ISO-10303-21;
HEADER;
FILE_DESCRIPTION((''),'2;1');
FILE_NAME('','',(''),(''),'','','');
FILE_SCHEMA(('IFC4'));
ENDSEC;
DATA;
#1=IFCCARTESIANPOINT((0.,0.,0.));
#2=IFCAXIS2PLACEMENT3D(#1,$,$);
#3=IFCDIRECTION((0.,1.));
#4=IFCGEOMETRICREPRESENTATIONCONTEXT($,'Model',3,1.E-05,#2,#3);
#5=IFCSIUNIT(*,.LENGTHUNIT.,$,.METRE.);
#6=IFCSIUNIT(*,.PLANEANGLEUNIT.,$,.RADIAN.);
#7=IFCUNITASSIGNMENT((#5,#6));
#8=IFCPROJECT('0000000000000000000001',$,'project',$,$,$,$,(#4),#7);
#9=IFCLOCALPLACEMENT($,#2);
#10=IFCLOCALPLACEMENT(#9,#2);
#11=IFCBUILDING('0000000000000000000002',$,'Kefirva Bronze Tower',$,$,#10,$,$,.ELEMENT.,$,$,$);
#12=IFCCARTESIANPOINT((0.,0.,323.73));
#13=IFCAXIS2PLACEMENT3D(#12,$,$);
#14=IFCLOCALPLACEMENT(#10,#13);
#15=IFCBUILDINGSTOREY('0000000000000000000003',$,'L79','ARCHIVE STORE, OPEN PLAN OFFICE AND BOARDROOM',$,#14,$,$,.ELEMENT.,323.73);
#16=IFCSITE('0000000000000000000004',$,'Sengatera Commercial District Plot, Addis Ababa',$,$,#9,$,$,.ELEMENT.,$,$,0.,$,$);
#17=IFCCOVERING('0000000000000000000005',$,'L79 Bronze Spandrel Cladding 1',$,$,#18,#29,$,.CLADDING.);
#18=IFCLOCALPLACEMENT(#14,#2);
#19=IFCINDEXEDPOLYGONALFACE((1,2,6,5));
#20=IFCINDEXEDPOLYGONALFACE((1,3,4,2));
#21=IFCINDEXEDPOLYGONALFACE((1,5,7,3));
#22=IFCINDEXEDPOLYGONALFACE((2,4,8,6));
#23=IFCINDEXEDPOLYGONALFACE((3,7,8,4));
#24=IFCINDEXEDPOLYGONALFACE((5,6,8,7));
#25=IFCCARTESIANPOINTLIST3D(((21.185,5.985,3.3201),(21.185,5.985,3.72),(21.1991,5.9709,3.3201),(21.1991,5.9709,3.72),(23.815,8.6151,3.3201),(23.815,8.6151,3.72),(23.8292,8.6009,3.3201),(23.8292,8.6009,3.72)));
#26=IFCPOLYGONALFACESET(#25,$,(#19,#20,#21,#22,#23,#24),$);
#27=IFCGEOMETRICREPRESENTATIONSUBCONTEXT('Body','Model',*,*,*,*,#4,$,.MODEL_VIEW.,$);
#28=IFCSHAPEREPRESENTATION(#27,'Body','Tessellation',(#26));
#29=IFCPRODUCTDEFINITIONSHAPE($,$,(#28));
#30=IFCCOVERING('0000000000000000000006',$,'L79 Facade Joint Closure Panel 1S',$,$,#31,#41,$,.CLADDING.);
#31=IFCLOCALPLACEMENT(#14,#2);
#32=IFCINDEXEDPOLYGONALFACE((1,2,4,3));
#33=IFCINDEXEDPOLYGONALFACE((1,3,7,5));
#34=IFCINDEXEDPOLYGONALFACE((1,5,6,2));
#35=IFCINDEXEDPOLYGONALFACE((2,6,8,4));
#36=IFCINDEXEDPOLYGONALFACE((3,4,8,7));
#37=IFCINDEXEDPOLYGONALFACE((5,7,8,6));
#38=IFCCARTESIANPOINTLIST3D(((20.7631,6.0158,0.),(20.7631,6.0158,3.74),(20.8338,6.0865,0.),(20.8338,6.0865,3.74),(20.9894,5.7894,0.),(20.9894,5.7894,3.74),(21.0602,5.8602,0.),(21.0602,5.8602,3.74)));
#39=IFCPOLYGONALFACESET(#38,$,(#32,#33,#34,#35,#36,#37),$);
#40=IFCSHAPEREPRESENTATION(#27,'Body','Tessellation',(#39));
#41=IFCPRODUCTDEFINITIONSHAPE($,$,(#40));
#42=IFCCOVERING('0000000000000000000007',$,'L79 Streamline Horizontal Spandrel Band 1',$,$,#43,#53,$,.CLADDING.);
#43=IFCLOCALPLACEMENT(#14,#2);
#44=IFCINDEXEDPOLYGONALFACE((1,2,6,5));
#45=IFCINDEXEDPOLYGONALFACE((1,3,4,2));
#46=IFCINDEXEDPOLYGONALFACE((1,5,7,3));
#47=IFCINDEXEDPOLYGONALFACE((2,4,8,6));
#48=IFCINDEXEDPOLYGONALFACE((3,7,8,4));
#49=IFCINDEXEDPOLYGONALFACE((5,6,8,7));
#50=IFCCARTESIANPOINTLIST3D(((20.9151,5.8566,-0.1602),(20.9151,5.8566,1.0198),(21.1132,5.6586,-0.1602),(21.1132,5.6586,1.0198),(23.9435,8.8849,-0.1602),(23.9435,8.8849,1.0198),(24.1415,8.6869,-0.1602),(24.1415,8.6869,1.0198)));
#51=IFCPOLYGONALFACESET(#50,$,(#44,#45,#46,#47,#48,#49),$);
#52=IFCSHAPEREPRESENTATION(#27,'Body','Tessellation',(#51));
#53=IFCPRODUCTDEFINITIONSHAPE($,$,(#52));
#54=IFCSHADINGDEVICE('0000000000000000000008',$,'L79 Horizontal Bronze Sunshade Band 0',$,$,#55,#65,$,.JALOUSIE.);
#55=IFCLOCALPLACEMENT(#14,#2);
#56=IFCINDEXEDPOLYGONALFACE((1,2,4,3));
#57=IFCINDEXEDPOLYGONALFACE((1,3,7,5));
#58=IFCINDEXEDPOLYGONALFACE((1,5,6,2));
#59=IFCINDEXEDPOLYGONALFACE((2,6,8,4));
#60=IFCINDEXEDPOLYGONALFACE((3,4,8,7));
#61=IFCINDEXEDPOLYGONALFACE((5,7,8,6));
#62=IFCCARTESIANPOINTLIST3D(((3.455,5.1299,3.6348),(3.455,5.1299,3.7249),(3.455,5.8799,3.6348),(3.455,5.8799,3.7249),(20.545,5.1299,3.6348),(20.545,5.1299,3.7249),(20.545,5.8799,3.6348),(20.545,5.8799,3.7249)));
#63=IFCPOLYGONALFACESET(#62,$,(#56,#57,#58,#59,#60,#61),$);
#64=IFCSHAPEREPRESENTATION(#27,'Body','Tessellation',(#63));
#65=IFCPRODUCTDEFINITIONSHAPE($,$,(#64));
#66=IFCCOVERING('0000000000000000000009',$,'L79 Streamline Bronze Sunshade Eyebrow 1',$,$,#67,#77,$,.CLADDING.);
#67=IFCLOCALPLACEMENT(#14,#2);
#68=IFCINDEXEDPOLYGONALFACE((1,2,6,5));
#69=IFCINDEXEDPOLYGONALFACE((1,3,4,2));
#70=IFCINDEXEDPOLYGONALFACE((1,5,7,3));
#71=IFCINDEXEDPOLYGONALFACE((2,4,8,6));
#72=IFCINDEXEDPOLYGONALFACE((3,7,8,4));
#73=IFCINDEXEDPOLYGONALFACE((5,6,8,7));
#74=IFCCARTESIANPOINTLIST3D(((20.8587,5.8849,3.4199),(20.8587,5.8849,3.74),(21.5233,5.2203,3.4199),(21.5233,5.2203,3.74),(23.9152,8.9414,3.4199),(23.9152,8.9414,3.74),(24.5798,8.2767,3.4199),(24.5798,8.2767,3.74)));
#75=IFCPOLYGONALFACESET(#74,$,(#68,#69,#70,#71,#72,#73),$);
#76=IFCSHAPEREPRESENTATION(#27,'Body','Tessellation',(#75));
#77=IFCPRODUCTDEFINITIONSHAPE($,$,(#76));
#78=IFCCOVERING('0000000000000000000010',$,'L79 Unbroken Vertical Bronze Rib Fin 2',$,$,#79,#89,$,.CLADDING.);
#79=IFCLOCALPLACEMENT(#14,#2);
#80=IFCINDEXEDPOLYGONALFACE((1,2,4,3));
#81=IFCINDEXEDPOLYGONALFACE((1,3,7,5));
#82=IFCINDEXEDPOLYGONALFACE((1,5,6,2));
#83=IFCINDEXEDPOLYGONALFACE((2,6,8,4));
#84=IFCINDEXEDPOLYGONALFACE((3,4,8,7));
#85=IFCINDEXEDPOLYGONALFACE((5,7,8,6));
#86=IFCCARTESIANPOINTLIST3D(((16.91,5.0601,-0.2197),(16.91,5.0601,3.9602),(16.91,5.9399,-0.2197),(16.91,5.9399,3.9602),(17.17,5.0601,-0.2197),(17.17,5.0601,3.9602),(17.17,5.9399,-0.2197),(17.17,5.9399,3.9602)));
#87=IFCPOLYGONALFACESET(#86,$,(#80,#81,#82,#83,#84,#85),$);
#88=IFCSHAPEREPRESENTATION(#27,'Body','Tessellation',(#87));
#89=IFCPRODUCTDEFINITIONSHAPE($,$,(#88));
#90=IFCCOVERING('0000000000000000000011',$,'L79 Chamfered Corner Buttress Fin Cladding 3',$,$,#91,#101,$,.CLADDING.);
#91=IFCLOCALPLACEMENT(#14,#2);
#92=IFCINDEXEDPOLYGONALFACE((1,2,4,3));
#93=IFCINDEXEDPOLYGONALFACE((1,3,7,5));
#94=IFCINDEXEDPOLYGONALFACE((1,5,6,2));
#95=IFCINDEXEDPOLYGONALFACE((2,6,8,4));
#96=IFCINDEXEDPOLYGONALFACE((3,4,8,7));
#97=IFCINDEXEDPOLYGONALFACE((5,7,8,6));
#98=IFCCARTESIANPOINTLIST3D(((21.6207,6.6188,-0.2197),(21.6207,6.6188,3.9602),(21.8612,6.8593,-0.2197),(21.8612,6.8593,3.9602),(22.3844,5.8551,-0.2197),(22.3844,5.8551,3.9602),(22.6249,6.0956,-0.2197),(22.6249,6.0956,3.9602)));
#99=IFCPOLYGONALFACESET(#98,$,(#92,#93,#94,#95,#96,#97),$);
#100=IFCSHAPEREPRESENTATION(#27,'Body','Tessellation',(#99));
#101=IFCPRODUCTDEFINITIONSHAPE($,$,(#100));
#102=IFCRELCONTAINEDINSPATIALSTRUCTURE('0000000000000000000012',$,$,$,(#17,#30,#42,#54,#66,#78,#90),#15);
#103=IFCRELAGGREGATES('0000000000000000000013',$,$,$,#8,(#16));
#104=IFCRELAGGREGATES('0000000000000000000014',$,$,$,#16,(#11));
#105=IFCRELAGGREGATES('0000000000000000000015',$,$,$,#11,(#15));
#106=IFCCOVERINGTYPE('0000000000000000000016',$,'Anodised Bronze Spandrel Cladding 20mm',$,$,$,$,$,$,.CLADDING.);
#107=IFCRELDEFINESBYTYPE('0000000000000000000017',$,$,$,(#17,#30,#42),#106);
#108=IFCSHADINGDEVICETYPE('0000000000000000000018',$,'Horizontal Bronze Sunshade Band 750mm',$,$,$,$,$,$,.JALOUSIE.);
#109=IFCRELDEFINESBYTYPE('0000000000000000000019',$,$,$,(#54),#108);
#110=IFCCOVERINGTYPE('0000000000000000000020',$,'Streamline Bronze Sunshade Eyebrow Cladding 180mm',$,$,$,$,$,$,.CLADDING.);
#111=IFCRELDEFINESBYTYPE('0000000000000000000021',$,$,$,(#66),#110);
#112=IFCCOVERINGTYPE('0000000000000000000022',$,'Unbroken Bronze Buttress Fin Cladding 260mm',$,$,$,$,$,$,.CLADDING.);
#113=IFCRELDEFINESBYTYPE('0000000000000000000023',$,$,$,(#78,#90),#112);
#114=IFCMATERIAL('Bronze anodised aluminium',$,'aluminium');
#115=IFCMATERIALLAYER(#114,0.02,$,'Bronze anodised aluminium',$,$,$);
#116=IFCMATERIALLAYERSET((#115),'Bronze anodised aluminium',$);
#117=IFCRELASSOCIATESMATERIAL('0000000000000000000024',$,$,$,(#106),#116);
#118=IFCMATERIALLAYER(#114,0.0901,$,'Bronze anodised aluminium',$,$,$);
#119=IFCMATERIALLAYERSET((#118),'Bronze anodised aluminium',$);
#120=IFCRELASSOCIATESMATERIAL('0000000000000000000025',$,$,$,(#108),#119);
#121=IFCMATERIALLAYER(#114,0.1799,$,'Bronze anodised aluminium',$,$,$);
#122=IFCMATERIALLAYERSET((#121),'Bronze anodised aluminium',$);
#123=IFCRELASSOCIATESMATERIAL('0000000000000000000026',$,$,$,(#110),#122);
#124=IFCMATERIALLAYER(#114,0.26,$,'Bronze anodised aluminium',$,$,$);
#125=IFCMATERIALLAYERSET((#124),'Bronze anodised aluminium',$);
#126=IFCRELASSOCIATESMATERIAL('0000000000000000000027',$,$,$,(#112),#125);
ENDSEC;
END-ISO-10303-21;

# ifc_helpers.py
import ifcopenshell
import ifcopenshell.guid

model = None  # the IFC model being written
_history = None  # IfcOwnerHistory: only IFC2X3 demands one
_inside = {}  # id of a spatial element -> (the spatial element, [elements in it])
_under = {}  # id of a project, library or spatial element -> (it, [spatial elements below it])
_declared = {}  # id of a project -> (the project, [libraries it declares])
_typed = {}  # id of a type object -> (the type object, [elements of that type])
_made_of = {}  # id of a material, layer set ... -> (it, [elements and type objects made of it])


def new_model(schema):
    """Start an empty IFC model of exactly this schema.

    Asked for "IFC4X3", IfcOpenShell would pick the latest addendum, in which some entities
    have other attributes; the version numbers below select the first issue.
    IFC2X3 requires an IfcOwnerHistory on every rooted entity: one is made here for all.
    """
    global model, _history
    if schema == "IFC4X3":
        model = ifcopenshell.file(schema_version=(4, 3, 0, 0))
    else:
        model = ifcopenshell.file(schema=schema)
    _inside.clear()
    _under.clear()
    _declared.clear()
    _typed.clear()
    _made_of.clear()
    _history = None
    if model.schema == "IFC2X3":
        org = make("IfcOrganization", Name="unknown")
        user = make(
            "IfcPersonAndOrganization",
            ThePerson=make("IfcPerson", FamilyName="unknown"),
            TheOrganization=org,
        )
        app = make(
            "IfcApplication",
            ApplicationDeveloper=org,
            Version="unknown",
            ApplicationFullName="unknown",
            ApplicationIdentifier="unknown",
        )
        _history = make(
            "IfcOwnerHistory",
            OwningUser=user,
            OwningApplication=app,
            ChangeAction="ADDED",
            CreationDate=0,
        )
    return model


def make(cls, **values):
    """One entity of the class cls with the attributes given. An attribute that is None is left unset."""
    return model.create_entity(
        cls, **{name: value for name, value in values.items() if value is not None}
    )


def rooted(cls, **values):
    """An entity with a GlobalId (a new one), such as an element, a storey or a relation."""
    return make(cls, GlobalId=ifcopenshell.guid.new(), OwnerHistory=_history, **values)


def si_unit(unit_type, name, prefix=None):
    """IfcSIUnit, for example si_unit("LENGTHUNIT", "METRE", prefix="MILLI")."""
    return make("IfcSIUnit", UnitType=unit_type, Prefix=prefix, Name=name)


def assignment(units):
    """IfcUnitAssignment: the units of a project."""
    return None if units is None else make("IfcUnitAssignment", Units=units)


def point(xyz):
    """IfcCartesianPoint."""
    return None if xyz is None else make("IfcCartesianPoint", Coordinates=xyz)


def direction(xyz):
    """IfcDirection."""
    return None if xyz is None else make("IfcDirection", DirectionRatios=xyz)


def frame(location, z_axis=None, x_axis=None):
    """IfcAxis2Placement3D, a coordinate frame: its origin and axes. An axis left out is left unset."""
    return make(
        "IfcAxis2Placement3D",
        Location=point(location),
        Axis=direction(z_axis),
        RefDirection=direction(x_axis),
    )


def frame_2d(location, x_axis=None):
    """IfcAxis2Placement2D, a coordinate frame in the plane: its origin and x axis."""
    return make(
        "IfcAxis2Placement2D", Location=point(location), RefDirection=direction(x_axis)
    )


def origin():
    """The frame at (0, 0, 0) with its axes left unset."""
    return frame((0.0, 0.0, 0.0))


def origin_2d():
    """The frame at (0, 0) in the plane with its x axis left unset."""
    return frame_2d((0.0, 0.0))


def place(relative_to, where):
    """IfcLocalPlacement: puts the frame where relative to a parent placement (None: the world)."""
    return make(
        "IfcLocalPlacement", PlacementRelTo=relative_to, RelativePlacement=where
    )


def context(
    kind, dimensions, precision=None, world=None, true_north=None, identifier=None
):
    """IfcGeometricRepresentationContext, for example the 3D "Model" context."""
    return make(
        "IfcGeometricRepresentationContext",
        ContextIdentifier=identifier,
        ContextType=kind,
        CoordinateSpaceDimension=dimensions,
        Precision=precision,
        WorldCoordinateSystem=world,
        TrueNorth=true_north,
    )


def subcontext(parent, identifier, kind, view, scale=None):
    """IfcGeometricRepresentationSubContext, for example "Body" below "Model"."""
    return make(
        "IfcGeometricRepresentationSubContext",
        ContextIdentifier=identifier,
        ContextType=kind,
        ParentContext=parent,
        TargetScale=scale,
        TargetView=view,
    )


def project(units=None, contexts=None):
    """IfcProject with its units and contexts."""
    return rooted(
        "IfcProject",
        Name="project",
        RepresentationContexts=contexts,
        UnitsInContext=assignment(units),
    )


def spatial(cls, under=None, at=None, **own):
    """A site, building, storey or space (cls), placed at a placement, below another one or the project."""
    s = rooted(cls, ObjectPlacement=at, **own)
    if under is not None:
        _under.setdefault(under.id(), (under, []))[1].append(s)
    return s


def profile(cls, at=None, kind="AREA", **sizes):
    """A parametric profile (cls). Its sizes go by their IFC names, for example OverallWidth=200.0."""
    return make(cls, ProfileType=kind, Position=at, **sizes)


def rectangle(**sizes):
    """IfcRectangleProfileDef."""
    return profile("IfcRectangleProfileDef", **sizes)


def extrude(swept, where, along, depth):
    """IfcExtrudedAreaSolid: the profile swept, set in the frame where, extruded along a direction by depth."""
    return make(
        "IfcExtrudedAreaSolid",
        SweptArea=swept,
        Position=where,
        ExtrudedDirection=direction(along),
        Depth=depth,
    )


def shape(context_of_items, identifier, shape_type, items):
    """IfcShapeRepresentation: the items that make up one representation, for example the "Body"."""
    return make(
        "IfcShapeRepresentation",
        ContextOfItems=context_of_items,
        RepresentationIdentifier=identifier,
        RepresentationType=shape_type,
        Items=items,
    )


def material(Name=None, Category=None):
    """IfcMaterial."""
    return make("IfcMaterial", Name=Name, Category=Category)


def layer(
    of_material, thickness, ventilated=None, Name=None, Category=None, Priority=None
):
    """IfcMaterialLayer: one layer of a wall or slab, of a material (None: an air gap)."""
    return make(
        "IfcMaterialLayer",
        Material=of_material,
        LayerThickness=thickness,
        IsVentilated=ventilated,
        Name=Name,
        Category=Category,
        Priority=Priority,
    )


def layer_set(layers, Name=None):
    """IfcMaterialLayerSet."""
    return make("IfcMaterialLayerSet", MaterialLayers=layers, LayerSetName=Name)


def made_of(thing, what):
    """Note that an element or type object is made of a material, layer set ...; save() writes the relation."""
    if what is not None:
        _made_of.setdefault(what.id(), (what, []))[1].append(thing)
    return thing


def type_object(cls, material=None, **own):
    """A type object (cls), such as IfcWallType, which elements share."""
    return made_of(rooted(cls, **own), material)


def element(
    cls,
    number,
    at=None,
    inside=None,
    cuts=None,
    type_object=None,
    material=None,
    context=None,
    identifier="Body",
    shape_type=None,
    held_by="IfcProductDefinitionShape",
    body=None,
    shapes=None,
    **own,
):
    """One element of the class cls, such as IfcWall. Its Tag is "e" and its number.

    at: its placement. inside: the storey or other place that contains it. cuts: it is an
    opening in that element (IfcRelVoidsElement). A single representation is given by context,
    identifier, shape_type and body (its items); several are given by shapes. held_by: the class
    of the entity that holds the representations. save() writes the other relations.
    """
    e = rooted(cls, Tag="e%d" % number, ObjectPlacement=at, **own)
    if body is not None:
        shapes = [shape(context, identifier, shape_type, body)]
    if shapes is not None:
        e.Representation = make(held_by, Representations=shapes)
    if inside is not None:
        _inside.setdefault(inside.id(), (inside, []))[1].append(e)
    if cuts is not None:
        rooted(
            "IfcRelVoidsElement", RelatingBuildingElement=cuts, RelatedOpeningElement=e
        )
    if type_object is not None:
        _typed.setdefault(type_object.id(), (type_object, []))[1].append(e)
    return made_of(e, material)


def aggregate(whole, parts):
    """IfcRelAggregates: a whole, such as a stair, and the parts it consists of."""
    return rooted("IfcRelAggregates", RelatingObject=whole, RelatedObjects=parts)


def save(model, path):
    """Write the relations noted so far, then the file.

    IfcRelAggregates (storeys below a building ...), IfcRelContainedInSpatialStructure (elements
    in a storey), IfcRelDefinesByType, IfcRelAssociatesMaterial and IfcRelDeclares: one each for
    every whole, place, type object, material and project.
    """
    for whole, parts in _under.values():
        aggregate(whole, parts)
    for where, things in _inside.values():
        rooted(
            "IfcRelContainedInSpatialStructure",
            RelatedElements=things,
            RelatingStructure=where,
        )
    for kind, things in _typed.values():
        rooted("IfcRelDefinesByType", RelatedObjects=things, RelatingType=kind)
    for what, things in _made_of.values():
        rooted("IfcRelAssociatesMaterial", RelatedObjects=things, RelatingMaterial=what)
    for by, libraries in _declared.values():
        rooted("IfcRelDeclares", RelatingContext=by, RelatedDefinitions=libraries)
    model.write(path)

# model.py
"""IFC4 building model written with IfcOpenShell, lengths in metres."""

from ifc_helpers import new_model, si_unit, direction, frame, origin, origin_2d, place, context, subcontext, project, spatial, rectangle, extrude, material, layer, layer_set, type_object, element, save


model = new_model("IFC4")

# Units and contexts
model_context = context("Model", 3, precision=1e-05, world=origin(), true_north=direction((0.0, 1.0)))
body_context = subcontext(model_context, "Body", "Model", "MODEL_VIEW")
ifc_project = project(units=[si_unit("LENGTHUNIT", "METRE"), si_unit("PLANEANGLEUNIT", "RADIAN")], contexts=[model_context])

# Site, building, storey
site_placement = place(None, origin())
site = spatial("IfcSite", under=ifc_project, at=site_placement, Name="Sengatera Commercial District Plot, Addis Ababa", CompositionType="ELEMENT", RefElevation=0.0)
building_placement = place(site_placement, origin())
building = spatial("IfcBuilding", under=site, at=building_placement, Name="Kefirva Bronze Tower", CompositionType="ELEMENT")
storey_placement = place(building_placement, frame((0.0, 0.0, 323.73)))
storey = spatial("IfcBuildingStorey", under=building, at=storey_placement, Name="L79", Description="ARCHIVE STORE, OPEN PLAN OFFICE AND BOARDROOM", CompositionType="ELEMENT", Elevation=323.73)

# Shared definitions
ifc_material_1 = material(Name="Bronze anodised aluminium", Category="aluminium")

# Coverings
ifc_layer_1 = layer(ifc_material_1, 0.02, Name="Bronze anodised aluminium")
ifc_layer_set_1 = layer_set([ifc_layer_1], Name="Bronze anodised aluminium")
covering_type_1 = type_object("IfcCoveringType", Name="Anodised Bronze Spandrel Cladding 20mm", PredefinedType="CLADDING", material=ifc_layer_set_1)
covering_1_placement = place(storey_placement, frame((22.5071, 7.293, 3.3201), z_axis=(0.0, 0.0, 1.0), x_axis=(0.707107, 0.707107, 0.0)))
element("IfcCovering", 1, at=covering_1_placement, inside=storey, type_object=covering_type_1, Name="L79 Bronze Spandrel Cladding 1", PredefinedType="CLADDING", context=body_context, shape_type="SweptSolid", body=[
    extrude(rectangle(XDim=3.7195, YDim=0.02, at=origin_2d()), origin(), (0.0, 0.0, 1.0), 0.3999),
])
covering_2_placement = place(storey_placement, frame((20.9116, 5.938, 0.0), z_axis=(0.0, 0.0, 1.0), x_axis=(0.707107, 0.707107, 0.0)))
element("IfcCovering", 2, at=covering_2_placement, inside=storey, type_object=covering_type_1, Name="L79 Facade Joint Closure Panel 1S", PredefinedType="CLADDING", context=body_context, shape_type="SweptSolid", body=[
    extrude(rectangle(XDim=0.1001, YDim=0.3201, at=origin_2d()), origin(), (0.0, 0.0, 1.0), 3.74),
])
covering_3_placement = place(storey_placement, frame((22.5283, 7.2717, -0.1602), z_axis=(0.0, 0.0, 1.0), x_axis=(0.707107, 0.707107, 0.0)))
element("IfcCovering", 3, at=covering_3_placement, inside=storey, type_object=covering_type_1, Name="L79 Streamline Horizontal Spandrel Band 1", PredefinedType="CLADDING", context=body_context, shape_type="SweptSolid", body=[
    extrude(rectangle(XDim=4.2827, YDim=0.28, at=origin_2d()), origin(), (0.0, 0.0, 1.0), 1.1799),
])

# Shading device
ifc_layer_2 = layer(ifc_material_1, 0.0901, Name="Bronze anodised aluminium")
ifc_layer_set_2 = layer_set([ifc_layer_2], Name="Bronze anodised aluminium")
shading_device_type = type_object("IfcShadingDeviceType", Name="Horizontal Bronze Sunshade Band 750mm", PredefinedType="JALOUSIE", material=ifc_layer_set_2)
shading_device_placement = place(storey_placement, frame((12.0, 5.5049, 3.6348), z_axis=(0.0, 0.0, 1.0), x_axis=(1.0, 0.0, 0.0)))
element("IfcShadingDevice", 4, at=shading_device_placement, inside=storey, type_object=shading_device_type, Name="L79 Horizontal Bronze Sunshade Band 0", PredefinedType="JALOUSIE", context=body_context, shape_type="SweptSolid", body=[
    extrude(rectangle(XDim=17.0901, YDim=0.75, at=origin_2d()), origin(), (0.0, 0.0, 1.0), 0.0901),
])

# Coverings
ifc_layer_3 = layer(ifc_material_1, 0.1799, Name="Bronze anodised aluminium")
ifc_layer_set_3 = layer_set([ifc_layer_3], Name="Bronze anodised aluminium")
covering_type_2 = type_object("IfcCoveringType", Name="Streamline Bronze Sunshade Eyebrow Cladding 180mm", PredefinedType="CLADDING", material=ifc_layer_set_3)
covering_4_placement = place(storey_placement, frame((22.7192, 7.0808, 3.4199), z_axis=(0.0, 0.0, 1.0), x_axis=(0.707107, 0.707107, 0.0)))
element("IfcCovering", 5, at=covering_4_placement, inside=storey, type_object=covering_type_2, Name="L79 Streamline Bronze Sunshade Eyebrow 1", PredefinedType="CLADDING", context=body_context, shape_type="SweptSolid", body=[
    extrude(rectangle(XDim=4.3225, YDim=0.9399, at=origin_2d()), origin(), (0.0, 0.0, 1.0), 0.3201),
])
ifc_layer_4 = layer(ifc_material_1, 0.26, Name="Bronze anodised aluminium")
ifc_layer_set_4 = layer_set([ifc_layer_4], Name="Bronze anodised aluminium")
covering_type_3 = type_object("IfcCoveringType", Name="Unbroken Bronze Buttress Fin Cladding 260mm", PredefinedType="CLADDING", material=ifc_layer_set_4)
covering_5_placement = place(storey_placement, frame((17.04, 5.5, -0.2197), z_axis=(0.0, 0.0, 1.0), x_axis=(1.0, 0.0, 0.0)))
element("IfcCovering", 6, at=covering_5_placement, inside=storey, type_object=covering_type_3, Name="L79 Unbroken Vertical Bronze Rib Fin 2", PredefinedType="CLADDING", context=body_context, shape_type="SweptSolid", body=[
    extrude(rectangle(XDim=0.26, YDim=0.8799, at=origin_2d()), origin(), (0.0, 0.0, 1.0), 4.1799),
])
covering_6_placement = place(storey_placement, frame((22.1228, 6.3572, -0.2197), z_axis=(0.0, 0.0, 1.0), x_axis=(0.707107, 0.707107, 0.0)))
element("IfcCovering", 7, at=covering_6_placement, inside=storey, type_object=covering_type_3, Name="L79 Chamfered Corner Buttress Fin Cladding 3", PredefinedType="CLADDING", context=body_context, shape_type="SweptSolid", body=[
    extrude(rectangle(XDim=0.3401, YDim=1.0801, at=origin_2d()), origin(), (0.0, 0.0, 1.0), 4.1799),
])

save(model, "model.ifc")
